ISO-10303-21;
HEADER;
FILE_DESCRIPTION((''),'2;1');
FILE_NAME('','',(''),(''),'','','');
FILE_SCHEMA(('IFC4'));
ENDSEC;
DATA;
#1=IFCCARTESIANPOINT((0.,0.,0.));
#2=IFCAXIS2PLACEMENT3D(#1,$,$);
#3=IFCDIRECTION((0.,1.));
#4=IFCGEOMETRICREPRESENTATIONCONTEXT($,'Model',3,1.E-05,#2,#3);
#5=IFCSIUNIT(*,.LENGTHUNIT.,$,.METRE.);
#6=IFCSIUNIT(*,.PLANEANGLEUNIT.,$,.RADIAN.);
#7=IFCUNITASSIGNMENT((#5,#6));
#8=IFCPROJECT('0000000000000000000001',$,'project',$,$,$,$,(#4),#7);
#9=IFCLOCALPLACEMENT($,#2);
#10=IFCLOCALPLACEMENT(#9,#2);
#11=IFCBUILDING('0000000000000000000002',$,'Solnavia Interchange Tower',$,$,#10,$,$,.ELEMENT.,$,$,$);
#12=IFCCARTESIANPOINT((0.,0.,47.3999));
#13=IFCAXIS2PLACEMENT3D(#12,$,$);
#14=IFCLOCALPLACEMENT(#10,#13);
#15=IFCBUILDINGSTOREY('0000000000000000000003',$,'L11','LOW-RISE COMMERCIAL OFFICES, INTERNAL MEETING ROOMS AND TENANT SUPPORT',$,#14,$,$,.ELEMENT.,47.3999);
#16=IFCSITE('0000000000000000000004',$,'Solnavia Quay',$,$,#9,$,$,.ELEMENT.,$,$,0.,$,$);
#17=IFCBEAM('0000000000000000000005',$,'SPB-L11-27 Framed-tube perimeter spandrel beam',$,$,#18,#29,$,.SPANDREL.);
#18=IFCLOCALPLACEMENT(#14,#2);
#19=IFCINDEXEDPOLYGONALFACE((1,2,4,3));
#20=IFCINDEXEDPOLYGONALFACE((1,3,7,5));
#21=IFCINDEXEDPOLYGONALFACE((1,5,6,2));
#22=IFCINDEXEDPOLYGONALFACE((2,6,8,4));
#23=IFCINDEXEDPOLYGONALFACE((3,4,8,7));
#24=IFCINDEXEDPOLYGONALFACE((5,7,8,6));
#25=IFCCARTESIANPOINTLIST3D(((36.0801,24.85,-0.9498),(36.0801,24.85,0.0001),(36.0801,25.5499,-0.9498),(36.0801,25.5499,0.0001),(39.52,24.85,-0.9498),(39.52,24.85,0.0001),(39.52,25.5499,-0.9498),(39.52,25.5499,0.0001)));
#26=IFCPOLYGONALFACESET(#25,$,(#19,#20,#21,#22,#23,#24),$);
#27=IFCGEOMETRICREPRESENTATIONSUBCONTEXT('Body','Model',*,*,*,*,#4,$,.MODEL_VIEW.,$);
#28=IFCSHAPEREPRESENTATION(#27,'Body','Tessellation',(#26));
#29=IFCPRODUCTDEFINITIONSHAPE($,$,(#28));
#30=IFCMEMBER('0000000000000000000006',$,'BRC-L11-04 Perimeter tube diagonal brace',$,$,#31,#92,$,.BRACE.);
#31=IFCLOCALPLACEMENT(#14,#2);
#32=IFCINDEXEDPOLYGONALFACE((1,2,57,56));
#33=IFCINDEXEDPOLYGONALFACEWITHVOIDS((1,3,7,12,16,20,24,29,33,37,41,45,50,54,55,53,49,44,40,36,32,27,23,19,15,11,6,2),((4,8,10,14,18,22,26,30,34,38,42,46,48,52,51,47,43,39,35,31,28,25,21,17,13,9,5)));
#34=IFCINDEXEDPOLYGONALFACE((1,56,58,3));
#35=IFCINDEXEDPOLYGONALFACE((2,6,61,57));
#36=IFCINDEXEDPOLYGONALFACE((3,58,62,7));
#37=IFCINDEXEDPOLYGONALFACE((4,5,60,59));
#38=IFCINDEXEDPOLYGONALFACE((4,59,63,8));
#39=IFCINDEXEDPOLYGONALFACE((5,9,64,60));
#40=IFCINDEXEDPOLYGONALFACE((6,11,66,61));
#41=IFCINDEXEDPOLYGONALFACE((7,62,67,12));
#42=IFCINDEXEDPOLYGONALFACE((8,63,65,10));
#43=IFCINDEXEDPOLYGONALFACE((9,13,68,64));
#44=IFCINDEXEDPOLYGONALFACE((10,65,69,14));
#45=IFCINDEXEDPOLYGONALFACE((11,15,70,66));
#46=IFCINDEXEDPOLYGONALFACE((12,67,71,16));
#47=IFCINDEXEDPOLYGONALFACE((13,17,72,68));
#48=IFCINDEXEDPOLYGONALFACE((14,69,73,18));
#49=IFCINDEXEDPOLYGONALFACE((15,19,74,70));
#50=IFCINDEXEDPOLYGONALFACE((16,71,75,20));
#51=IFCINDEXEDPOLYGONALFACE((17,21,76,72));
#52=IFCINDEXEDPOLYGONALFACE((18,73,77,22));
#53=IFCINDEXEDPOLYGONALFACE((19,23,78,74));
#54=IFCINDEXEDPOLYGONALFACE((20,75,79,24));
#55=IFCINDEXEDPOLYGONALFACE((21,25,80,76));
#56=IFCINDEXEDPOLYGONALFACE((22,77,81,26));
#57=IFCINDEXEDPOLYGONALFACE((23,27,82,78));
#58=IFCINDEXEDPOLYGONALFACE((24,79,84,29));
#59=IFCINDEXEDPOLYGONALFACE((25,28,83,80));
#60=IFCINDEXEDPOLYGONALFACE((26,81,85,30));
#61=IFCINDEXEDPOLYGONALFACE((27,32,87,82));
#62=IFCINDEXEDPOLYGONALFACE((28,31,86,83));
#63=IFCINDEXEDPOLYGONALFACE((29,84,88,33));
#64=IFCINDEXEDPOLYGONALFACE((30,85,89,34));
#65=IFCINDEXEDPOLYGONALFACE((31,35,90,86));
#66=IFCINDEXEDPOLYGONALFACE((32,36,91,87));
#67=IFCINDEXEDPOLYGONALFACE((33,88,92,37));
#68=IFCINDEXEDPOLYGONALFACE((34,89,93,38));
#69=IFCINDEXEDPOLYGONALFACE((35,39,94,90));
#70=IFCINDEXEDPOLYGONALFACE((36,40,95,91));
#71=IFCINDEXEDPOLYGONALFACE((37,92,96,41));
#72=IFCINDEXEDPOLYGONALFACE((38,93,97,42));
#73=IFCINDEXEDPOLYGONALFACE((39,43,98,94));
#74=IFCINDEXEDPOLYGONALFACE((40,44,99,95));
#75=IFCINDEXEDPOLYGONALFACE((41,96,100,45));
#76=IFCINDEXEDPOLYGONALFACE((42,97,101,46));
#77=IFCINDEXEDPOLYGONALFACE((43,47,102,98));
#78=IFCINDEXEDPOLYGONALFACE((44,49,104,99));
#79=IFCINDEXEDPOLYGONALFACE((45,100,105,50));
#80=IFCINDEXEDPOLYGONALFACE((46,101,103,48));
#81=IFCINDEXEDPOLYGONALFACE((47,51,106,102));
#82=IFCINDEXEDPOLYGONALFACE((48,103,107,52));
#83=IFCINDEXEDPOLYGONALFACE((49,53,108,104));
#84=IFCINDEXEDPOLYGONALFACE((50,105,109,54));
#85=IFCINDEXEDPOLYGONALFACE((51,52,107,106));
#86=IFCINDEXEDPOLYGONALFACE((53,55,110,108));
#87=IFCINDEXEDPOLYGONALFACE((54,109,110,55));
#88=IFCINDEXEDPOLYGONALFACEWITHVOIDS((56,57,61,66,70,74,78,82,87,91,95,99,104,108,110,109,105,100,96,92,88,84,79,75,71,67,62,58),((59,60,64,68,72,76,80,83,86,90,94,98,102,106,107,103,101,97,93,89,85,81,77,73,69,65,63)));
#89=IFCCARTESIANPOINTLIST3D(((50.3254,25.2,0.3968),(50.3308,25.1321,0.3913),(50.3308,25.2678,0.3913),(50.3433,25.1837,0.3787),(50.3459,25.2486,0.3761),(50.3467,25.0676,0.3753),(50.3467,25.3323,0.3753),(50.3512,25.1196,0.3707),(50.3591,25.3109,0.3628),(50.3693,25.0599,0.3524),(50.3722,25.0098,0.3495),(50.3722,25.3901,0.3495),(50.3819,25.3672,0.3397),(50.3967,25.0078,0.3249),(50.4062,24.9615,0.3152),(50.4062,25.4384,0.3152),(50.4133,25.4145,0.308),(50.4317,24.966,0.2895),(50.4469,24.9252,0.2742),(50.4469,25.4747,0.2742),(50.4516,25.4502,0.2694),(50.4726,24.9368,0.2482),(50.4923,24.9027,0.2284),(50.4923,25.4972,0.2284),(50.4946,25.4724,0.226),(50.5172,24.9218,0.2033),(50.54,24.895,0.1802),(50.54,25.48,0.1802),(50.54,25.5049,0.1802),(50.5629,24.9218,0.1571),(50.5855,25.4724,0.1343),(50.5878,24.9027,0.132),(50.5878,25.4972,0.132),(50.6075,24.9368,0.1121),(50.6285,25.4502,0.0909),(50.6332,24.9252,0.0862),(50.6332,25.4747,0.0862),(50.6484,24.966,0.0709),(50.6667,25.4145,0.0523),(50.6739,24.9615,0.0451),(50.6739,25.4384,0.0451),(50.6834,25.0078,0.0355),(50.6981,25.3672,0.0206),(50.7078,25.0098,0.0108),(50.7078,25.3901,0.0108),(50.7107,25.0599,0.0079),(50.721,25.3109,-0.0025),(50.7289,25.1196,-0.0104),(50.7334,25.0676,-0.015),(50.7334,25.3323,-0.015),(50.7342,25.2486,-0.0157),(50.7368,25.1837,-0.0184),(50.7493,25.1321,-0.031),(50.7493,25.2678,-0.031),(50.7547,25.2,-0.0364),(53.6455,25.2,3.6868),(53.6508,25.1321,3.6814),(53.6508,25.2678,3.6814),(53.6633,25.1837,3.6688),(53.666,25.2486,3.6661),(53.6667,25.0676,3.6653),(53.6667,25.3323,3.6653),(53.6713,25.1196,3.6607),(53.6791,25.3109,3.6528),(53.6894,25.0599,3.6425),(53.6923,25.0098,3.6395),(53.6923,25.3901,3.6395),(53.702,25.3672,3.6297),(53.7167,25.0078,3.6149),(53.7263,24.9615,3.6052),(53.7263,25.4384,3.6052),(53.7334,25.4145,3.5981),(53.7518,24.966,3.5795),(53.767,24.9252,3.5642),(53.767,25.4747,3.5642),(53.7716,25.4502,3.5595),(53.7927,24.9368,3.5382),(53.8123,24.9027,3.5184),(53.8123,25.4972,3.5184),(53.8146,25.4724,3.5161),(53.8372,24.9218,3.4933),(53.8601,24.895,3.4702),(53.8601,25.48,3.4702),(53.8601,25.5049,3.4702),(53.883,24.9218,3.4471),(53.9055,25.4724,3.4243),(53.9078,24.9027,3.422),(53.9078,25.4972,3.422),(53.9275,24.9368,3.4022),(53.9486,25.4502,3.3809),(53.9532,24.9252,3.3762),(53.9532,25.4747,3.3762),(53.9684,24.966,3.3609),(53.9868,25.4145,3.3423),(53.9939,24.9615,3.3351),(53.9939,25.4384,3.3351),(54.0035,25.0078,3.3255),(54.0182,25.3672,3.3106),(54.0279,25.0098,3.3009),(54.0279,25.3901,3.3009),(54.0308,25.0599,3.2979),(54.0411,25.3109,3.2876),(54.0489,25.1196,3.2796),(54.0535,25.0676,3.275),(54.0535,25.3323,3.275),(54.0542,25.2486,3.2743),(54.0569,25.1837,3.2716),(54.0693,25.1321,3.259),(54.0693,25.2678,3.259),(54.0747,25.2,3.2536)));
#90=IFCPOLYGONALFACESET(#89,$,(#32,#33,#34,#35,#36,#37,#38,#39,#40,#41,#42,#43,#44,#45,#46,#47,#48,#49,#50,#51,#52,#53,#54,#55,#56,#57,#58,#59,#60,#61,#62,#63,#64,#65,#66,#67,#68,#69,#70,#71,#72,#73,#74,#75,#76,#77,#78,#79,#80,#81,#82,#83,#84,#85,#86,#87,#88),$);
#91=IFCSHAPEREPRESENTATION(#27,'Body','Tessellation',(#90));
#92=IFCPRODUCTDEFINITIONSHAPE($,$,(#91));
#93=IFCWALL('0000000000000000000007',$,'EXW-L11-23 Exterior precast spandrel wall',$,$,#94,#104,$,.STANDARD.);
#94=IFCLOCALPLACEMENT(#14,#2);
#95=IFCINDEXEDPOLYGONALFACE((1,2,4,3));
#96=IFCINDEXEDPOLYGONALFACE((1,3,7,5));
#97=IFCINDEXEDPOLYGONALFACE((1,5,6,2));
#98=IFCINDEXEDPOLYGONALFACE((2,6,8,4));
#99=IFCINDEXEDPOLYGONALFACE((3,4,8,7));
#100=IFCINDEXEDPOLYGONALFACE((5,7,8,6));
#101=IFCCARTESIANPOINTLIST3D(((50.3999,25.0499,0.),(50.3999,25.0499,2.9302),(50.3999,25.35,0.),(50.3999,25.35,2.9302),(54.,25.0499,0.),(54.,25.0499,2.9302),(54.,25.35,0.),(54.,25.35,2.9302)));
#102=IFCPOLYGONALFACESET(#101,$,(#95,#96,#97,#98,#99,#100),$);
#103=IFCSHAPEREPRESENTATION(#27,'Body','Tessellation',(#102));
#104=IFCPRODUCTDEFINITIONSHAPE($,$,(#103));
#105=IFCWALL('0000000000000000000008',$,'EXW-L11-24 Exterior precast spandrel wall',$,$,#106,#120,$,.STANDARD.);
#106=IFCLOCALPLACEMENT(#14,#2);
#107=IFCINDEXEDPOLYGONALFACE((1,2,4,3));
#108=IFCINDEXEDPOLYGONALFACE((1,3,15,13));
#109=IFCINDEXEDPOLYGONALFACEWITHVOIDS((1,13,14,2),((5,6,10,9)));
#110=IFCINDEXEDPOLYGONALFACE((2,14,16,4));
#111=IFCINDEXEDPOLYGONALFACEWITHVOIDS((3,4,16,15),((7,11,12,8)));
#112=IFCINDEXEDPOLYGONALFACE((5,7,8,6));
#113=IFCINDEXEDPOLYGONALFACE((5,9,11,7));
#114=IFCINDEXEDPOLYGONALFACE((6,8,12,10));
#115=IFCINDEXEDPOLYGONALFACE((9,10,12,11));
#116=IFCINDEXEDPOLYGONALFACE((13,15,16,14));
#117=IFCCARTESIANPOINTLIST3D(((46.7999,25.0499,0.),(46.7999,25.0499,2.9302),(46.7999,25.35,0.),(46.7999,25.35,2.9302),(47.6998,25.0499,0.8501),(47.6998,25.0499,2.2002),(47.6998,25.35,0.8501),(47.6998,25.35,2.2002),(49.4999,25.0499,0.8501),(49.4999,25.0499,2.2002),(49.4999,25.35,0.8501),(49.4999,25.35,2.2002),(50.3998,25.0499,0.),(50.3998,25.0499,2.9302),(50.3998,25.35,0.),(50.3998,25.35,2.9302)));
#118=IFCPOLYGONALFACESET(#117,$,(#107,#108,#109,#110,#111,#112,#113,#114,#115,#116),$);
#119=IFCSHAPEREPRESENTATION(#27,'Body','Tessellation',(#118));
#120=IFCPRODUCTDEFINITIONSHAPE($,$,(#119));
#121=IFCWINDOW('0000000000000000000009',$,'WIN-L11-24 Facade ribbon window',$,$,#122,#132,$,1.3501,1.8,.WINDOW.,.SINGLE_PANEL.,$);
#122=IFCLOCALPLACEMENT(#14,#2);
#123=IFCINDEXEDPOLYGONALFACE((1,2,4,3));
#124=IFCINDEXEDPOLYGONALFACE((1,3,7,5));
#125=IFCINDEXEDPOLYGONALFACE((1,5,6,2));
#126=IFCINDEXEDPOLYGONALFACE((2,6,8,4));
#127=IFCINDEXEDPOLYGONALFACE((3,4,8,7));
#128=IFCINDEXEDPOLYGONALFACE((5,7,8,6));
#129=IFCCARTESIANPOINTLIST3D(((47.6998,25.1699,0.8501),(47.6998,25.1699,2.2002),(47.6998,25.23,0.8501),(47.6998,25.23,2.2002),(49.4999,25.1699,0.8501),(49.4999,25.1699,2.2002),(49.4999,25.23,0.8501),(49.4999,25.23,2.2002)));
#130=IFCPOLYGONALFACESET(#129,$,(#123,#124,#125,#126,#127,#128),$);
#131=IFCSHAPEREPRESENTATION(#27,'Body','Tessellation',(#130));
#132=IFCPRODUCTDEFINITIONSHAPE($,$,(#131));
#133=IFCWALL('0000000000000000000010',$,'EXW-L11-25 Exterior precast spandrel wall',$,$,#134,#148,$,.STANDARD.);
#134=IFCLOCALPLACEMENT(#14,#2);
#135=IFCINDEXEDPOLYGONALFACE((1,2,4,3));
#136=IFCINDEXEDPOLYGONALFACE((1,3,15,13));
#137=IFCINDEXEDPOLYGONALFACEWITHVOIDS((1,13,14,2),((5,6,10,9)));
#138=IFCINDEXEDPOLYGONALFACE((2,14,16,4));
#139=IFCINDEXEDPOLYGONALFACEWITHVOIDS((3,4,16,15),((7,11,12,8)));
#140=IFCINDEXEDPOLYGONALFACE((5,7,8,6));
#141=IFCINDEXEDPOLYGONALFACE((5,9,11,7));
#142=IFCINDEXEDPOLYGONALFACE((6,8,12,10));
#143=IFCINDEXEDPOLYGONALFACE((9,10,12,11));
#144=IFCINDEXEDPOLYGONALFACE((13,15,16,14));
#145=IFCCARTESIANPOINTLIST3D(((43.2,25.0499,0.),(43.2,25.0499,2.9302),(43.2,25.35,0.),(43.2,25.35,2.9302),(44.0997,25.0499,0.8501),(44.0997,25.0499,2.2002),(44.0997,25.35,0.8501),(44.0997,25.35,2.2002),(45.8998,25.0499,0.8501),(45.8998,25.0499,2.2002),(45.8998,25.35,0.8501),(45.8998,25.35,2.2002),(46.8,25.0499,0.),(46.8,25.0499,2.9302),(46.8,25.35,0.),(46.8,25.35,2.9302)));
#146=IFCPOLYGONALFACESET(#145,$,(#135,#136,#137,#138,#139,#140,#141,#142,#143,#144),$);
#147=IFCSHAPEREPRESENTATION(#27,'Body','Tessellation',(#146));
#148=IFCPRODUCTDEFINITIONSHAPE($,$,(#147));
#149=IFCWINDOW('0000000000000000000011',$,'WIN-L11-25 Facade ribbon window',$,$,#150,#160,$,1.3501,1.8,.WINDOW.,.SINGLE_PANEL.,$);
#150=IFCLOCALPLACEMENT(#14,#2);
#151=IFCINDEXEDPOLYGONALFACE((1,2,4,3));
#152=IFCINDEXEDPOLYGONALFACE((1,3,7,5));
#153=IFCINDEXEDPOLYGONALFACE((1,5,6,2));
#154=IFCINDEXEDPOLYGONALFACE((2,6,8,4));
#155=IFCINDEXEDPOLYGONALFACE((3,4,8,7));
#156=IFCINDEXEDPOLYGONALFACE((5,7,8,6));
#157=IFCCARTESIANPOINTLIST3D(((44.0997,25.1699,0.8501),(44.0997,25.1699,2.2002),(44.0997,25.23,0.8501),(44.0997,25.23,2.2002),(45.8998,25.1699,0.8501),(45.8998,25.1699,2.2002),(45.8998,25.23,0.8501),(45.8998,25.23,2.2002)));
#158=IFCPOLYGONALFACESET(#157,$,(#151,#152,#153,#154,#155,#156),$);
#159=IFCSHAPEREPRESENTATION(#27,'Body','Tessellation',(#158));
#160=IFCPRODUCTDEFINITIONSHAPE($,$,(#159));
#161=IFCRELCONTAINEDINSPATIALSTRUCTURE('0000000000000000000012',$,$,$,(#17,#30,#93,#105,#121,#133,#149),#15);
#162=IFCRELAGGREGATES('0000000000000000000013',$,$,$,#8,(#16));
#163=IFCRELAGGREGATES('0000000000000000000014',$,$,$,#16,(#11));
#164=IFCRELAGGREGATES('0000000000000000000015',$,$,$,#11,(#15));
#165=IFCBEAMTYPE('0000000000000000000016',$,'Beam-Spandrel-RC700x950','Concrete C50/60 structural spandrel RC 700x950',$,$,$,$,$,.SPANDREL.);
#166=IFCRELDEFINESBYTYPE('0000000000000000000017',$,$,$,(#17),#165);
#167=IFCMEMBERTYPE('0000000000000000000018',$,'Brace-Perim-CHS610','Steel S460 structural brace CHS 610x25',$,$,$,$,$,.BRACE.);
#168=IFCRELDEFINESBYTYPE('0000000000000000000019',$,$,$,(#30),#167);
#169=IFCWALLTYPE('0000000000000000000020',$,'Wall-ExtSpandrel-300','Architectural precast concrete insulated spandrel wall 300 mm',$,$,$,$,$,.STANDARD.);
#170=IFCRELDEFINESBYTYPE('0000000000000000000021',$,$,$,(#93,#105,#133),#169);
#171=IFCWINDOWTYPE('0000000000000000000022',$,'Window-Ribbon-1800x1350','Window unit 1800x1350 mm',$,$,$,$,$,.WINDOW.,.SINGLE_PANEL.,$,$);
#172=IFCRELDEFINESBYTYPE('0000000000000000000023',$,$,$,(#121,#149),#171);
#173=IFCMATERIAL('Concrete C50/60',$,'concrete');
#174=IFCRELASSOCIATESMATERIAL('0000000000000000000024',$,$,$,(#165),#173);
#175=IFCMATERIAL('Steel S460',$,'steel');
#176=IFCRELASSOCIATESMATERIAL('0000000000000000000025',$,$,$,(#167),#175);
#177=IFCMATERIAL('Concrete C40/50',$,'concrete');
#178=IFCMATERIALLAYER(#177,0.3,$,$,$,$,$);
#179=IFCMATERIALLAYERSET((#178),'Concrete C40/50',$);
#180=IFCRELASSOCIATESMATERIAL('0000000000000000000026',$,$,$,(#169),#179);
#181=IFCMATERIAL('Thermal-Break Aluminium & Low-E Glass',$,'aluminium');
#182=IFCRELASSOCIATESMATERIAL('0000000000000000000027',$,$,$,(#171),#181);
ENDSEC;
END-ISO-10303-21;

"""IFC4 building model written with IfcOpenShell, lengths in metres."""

from ifc_helpers import new_model, si_unit, direction, frame, frame_2d, origin, origin_2d, place, context, subcontext, project, spatial, rectangle, hollow_circle, extrude, material, layer, layer_set, material_profile, profile_set, type_object, element, fill, save


model = new_model("IFC4")

# Units and contexts
model_context = context("Model", 3, precision=1e-05, world=origin(), true_north=direction((0.0, 1.0)))
body_context = subcontext(model_context, "Body", "Model", "MODEL_VIEW")
ifc_project = project(units=[si_unit("LENGTHUNIT", "METRE"), si_unit("PLANEANGLEUNIT", "RADIAN")], contexts=[model_context])

# Site, building, storey
site_placement = place(None, origin())
site = spatial("IfcSite", under=ifc_project, at=site_placement, Name="Solnavia Quay", CompositionType="ELEMENT", RefElevation=0.0)
building_placement = place(site_placement, origin())
building = spatial("IfcBuilding", under=site, at=building_placement, Name="Solnavia Interchange Tower", CompositionType="ELEMENT")
storey_placement = place(building_placement, frame((0.0, 0.0, 47.3999)))
storey = spatial("IfcBuildingStorey", under=building, at=storey_placement, Name="L11", Description="LOW-RISE COMMERCIAL OFFICES, INTERNAL MEETING ROOMS AND TENANT SUPPORT", CompositionType="ELEMENT", Elevation=47.3999)

# Beam
ifc_material_1 = material(Name="Concrete C50/60", Category="concrete")
ifc_material_profile_1 = material_profile(ifc_material_1, rectangle(XDim=0.7, YDim=0.95, at=origin_2d()), Name="RC 700x950")
ifc_profile_set_1 = profile_set([ifc_material_profile_1], Name="Concrete C50/60")
beam_type_1 = type_object("IfcBeamType", Name="Beam-Spandrel-RC700x950", Description="Concrete C50/60 structural spandrel RC 700x950", PredefinedType="SPANDREL", material=ifc_profile_set_1)
beam_1_placement = place(storey_placement, frame((39.52, 25.2, -0.4749), z_axis=(-1.0, 0.0, 0.0), x_axis=(0.0, -1.0, 0.0)))
element("IfcBeam", 1, at=beam_1_placement, inside=storey, type_object=beam_type_1, Name="SPB-L11-27 Framed-tube perimeter spandrel beam", PredefinedType="SPANDREL", context=body_context, shape_type="SweptSolid", body=[
    extrude(rectangle(XDim=0.7, YDim=0.95, at=origin_2d()), origin(), (0.0, 0.0, 1.0), 3.4399),
])

# Member
ifc_material_2 = material(Name="Steel S460", Category="steel")
ifc_material_profile_2 = material_profile(ifc_material_2, hollow_circle(Radius=0.3049, WallThickness=0.0249, at=origin_2d()), Name="CHS 610x25")
ifc_profile_set_2 = profile_set([ifc_material_profile_2], Name="Steel S460")
member_type = type_object("IfcMemberType", Name="Brace-Perim-CHS610", Description="Steel S460 structural brace CHS 610x25", PredefinedType="BRACE", material=ifc_profile_set_2)
member_placement = place(storey_placement, frame((50.54, 25.2, 0.1802), z_axis=(0.710312, 0.0, 0.703887), x_axis=(0.0, 1.0, 0.0)))
element("IfcMember", 2, at=member_placement, inside=storey, type_object=member_type, Name="BRC-L11-04 Perimeter tube diagonal brace", PredefinedType="BRACE", context=body_context, shape_type="SweptSolid", body=[
    extrude(hollow_circle(Radius=0.3049, WallThickness=0.0249, at=origin_2d()), origin(), (0.0, 0.0, 1.0), 4.6741),
])

# Wall
ifc_material_3 = material(Name="Concrete C40/50", Category="concrete")
ifc_layer_1 = layer(ifc_material_3, 0.3)
ifc_layer_set_1 = layer_set([ifc_layer_1], Name="Concrete C40/50")
wall_type_1 = type_object("IfcWallType", Name="Wall-ExtSpandrel-300", Description="Architectural precast concrete insulated spandrel wall 300 mm", PredefinedType="STANDARD", material=ifc_layer_set_1)
wall_1_placement = place(storey_placement, frame((50.3999, 25.2, 0.0), z_axis=(0.0, 0.0, 1.0), x_axis=(1.0, 0.0, 0.0)))
element("IfcWall", 3, at=wall_1_placement, inside=storey, type_object=wall_type_1, Name="EXW-L11-23 Exterior precast spandrel wall", PredefinedType="STANDARD", context=body_context, shape_type="SweptSolid", body=[
    extrude(rectangle(XDim=3.6001, YDim=0.3, at=frame_2d((1.8, 0.0))), origin(), (0.0, 0.0, 1.0), 2.9302),
])

# Walls, openings, windows
wall_2_placement = place(storey_placement, frame((46.8, 25.2, 0.0), z_axis=(0.0, 0.0, 1.0), x_axis=(1.0, 0.0, 0.0)))
wall_2 = element("IfcWall", 4, at=wall_2_placement, inside=storey, type_object=wall_type_1, Name="EXW-L11-24 Exterior precast spandrel wall", PredefinedType="STANDARD", context=body_context, shape_type="SweptSolid", body=[
    extrude(rectangle(XDim=3.5999, YDim=0.3, at=frame_2d((1.7998, 0.0))), origin(), (0.0, 0.0, 1.0), 2.9302),
])
opening_1_placement = place(wall_2_placement, frame((0.8999, 0.0, 0.8501)))
opening_1 = element("IfcOpeningElement", 5, at=opening_1_placement, cuts=wall_2, PredefinedType="OPENING", context=body_context, shape_type="SweptSolid", body=[
    extrude(rectangle(XDim=1.8, YDim=1.3501, at=frame_2d((0.8999, 0.675))), frame((0.0, 0.1602, 0.0), z_axis=(0.0, -1.0, 0.0), x_axis=(1.0, 0.0, 0.0)), (0.0, 0.0, 1.0), 0.3201),
])
ifc_material_4 = material(Name="Thermal-Break Aluminium & Low-E Glass", Category="aluminium")
window_type = type_object("IfcWindowType", Name="Window-Ribbon-1800x1350", Description="Window unit 1800x1350 mm", PartitioningType="SINGLE_PANEL", PredefinedType="WINDOW", material=ifc_material_4)
window_1_placement = place(opening_1_placement, origin())
window_1 = element("IfcWindow", 6, at=window_1_placement, inside=storey, type_object=window_type, Name="WIN-L11-24 Facade ribbon window", OverallHeight=1.3501, OverallWidth=1.8, PartitioningType="SINGLE_PANEL", PredefinedType="WINDOW", context=body_context, shape_type="SweptSolid", body=[
    extrude(rectangle(XDim=1.8, YDim=1.3501, at=frame_2d((0.8999, 0.675))), frame((0.0, 0.03, 0.0), z_axis=(0.0, -1.0, 0.0), x_axis=(1.0, 0.0, 0.0)), (0.0, 0.0, 1.0), 0.0601),
])
fill(opening_1, window_1)
wall_3_placement = place(storey_placement, frame((43.2, 25.2, 0.0), z_axis=(0.0, 0.0, 1.0), x_axis=(1.0, 0.0, 0.0)))
wall_3 = element("IfcWall", 7, at=wall_3_placement, inside=storey, type_object=wall_type_1, Name="EXW-L11-25 Exterior precast spandrel wall", PredefinedType="STANDARD", context=body_context, shape_type="SweptSolid", body=[
    extrude(rectangle(XDim=3.6001, YDim=0.3, at=frame_2d((1.8, 0.0))), origin(), (0.0, 0.0, 1.0), 2.9302),
])
opening_2_placement = place(wall_3_placement, frame((0.8999, 0.0, 0.8501)))
opening_2 = element("IfcOpeningElement", 8, at=opening_2_placement, cuts=wall_3, PredefinedType="OPENING", context=body_context, shape_type="SweptSolid", body=[
    extrude(rectangle(XDim=1.8, YDim=1.3501, at=frame_2d((0.8999, 0.675))), frame((0.0, 0.1602, 0.0), z_axis=(0.0, -1.0, 0.0), x_axis=(1.0, 0.0, 0.0)), (0.0, 0.0, 1.0), 0.3201),
])
window_2_placement = place(opening_2_placement, origin())
window_2 = element("IfcWindow", 9, at=window_2_placement, inside=storey, type_object=window_type, Name="WIN-L11-25 Facade ribbon window", OverallHeight=1.3501, OverallWidth=1.8, PartitioningType="SINGLE_PANEL", PredefinedType="WINDOW", context=body_context, shape_type="SweptSolid", body=[
    extrude(rectangle(XDim=1.8, YDim=1.3501, at=frame_2d((0.8999, 0.675))), frame((0.0, 0.03, 0.0), z_axis=(0.0, -1.0, 0.0), x_axis=(1.0, 0.0, 0.0)), (0.0, 0.0, 1.0), 0.0601),
])
fill(opening_2, window_2)

save(model, "model.ifc")
